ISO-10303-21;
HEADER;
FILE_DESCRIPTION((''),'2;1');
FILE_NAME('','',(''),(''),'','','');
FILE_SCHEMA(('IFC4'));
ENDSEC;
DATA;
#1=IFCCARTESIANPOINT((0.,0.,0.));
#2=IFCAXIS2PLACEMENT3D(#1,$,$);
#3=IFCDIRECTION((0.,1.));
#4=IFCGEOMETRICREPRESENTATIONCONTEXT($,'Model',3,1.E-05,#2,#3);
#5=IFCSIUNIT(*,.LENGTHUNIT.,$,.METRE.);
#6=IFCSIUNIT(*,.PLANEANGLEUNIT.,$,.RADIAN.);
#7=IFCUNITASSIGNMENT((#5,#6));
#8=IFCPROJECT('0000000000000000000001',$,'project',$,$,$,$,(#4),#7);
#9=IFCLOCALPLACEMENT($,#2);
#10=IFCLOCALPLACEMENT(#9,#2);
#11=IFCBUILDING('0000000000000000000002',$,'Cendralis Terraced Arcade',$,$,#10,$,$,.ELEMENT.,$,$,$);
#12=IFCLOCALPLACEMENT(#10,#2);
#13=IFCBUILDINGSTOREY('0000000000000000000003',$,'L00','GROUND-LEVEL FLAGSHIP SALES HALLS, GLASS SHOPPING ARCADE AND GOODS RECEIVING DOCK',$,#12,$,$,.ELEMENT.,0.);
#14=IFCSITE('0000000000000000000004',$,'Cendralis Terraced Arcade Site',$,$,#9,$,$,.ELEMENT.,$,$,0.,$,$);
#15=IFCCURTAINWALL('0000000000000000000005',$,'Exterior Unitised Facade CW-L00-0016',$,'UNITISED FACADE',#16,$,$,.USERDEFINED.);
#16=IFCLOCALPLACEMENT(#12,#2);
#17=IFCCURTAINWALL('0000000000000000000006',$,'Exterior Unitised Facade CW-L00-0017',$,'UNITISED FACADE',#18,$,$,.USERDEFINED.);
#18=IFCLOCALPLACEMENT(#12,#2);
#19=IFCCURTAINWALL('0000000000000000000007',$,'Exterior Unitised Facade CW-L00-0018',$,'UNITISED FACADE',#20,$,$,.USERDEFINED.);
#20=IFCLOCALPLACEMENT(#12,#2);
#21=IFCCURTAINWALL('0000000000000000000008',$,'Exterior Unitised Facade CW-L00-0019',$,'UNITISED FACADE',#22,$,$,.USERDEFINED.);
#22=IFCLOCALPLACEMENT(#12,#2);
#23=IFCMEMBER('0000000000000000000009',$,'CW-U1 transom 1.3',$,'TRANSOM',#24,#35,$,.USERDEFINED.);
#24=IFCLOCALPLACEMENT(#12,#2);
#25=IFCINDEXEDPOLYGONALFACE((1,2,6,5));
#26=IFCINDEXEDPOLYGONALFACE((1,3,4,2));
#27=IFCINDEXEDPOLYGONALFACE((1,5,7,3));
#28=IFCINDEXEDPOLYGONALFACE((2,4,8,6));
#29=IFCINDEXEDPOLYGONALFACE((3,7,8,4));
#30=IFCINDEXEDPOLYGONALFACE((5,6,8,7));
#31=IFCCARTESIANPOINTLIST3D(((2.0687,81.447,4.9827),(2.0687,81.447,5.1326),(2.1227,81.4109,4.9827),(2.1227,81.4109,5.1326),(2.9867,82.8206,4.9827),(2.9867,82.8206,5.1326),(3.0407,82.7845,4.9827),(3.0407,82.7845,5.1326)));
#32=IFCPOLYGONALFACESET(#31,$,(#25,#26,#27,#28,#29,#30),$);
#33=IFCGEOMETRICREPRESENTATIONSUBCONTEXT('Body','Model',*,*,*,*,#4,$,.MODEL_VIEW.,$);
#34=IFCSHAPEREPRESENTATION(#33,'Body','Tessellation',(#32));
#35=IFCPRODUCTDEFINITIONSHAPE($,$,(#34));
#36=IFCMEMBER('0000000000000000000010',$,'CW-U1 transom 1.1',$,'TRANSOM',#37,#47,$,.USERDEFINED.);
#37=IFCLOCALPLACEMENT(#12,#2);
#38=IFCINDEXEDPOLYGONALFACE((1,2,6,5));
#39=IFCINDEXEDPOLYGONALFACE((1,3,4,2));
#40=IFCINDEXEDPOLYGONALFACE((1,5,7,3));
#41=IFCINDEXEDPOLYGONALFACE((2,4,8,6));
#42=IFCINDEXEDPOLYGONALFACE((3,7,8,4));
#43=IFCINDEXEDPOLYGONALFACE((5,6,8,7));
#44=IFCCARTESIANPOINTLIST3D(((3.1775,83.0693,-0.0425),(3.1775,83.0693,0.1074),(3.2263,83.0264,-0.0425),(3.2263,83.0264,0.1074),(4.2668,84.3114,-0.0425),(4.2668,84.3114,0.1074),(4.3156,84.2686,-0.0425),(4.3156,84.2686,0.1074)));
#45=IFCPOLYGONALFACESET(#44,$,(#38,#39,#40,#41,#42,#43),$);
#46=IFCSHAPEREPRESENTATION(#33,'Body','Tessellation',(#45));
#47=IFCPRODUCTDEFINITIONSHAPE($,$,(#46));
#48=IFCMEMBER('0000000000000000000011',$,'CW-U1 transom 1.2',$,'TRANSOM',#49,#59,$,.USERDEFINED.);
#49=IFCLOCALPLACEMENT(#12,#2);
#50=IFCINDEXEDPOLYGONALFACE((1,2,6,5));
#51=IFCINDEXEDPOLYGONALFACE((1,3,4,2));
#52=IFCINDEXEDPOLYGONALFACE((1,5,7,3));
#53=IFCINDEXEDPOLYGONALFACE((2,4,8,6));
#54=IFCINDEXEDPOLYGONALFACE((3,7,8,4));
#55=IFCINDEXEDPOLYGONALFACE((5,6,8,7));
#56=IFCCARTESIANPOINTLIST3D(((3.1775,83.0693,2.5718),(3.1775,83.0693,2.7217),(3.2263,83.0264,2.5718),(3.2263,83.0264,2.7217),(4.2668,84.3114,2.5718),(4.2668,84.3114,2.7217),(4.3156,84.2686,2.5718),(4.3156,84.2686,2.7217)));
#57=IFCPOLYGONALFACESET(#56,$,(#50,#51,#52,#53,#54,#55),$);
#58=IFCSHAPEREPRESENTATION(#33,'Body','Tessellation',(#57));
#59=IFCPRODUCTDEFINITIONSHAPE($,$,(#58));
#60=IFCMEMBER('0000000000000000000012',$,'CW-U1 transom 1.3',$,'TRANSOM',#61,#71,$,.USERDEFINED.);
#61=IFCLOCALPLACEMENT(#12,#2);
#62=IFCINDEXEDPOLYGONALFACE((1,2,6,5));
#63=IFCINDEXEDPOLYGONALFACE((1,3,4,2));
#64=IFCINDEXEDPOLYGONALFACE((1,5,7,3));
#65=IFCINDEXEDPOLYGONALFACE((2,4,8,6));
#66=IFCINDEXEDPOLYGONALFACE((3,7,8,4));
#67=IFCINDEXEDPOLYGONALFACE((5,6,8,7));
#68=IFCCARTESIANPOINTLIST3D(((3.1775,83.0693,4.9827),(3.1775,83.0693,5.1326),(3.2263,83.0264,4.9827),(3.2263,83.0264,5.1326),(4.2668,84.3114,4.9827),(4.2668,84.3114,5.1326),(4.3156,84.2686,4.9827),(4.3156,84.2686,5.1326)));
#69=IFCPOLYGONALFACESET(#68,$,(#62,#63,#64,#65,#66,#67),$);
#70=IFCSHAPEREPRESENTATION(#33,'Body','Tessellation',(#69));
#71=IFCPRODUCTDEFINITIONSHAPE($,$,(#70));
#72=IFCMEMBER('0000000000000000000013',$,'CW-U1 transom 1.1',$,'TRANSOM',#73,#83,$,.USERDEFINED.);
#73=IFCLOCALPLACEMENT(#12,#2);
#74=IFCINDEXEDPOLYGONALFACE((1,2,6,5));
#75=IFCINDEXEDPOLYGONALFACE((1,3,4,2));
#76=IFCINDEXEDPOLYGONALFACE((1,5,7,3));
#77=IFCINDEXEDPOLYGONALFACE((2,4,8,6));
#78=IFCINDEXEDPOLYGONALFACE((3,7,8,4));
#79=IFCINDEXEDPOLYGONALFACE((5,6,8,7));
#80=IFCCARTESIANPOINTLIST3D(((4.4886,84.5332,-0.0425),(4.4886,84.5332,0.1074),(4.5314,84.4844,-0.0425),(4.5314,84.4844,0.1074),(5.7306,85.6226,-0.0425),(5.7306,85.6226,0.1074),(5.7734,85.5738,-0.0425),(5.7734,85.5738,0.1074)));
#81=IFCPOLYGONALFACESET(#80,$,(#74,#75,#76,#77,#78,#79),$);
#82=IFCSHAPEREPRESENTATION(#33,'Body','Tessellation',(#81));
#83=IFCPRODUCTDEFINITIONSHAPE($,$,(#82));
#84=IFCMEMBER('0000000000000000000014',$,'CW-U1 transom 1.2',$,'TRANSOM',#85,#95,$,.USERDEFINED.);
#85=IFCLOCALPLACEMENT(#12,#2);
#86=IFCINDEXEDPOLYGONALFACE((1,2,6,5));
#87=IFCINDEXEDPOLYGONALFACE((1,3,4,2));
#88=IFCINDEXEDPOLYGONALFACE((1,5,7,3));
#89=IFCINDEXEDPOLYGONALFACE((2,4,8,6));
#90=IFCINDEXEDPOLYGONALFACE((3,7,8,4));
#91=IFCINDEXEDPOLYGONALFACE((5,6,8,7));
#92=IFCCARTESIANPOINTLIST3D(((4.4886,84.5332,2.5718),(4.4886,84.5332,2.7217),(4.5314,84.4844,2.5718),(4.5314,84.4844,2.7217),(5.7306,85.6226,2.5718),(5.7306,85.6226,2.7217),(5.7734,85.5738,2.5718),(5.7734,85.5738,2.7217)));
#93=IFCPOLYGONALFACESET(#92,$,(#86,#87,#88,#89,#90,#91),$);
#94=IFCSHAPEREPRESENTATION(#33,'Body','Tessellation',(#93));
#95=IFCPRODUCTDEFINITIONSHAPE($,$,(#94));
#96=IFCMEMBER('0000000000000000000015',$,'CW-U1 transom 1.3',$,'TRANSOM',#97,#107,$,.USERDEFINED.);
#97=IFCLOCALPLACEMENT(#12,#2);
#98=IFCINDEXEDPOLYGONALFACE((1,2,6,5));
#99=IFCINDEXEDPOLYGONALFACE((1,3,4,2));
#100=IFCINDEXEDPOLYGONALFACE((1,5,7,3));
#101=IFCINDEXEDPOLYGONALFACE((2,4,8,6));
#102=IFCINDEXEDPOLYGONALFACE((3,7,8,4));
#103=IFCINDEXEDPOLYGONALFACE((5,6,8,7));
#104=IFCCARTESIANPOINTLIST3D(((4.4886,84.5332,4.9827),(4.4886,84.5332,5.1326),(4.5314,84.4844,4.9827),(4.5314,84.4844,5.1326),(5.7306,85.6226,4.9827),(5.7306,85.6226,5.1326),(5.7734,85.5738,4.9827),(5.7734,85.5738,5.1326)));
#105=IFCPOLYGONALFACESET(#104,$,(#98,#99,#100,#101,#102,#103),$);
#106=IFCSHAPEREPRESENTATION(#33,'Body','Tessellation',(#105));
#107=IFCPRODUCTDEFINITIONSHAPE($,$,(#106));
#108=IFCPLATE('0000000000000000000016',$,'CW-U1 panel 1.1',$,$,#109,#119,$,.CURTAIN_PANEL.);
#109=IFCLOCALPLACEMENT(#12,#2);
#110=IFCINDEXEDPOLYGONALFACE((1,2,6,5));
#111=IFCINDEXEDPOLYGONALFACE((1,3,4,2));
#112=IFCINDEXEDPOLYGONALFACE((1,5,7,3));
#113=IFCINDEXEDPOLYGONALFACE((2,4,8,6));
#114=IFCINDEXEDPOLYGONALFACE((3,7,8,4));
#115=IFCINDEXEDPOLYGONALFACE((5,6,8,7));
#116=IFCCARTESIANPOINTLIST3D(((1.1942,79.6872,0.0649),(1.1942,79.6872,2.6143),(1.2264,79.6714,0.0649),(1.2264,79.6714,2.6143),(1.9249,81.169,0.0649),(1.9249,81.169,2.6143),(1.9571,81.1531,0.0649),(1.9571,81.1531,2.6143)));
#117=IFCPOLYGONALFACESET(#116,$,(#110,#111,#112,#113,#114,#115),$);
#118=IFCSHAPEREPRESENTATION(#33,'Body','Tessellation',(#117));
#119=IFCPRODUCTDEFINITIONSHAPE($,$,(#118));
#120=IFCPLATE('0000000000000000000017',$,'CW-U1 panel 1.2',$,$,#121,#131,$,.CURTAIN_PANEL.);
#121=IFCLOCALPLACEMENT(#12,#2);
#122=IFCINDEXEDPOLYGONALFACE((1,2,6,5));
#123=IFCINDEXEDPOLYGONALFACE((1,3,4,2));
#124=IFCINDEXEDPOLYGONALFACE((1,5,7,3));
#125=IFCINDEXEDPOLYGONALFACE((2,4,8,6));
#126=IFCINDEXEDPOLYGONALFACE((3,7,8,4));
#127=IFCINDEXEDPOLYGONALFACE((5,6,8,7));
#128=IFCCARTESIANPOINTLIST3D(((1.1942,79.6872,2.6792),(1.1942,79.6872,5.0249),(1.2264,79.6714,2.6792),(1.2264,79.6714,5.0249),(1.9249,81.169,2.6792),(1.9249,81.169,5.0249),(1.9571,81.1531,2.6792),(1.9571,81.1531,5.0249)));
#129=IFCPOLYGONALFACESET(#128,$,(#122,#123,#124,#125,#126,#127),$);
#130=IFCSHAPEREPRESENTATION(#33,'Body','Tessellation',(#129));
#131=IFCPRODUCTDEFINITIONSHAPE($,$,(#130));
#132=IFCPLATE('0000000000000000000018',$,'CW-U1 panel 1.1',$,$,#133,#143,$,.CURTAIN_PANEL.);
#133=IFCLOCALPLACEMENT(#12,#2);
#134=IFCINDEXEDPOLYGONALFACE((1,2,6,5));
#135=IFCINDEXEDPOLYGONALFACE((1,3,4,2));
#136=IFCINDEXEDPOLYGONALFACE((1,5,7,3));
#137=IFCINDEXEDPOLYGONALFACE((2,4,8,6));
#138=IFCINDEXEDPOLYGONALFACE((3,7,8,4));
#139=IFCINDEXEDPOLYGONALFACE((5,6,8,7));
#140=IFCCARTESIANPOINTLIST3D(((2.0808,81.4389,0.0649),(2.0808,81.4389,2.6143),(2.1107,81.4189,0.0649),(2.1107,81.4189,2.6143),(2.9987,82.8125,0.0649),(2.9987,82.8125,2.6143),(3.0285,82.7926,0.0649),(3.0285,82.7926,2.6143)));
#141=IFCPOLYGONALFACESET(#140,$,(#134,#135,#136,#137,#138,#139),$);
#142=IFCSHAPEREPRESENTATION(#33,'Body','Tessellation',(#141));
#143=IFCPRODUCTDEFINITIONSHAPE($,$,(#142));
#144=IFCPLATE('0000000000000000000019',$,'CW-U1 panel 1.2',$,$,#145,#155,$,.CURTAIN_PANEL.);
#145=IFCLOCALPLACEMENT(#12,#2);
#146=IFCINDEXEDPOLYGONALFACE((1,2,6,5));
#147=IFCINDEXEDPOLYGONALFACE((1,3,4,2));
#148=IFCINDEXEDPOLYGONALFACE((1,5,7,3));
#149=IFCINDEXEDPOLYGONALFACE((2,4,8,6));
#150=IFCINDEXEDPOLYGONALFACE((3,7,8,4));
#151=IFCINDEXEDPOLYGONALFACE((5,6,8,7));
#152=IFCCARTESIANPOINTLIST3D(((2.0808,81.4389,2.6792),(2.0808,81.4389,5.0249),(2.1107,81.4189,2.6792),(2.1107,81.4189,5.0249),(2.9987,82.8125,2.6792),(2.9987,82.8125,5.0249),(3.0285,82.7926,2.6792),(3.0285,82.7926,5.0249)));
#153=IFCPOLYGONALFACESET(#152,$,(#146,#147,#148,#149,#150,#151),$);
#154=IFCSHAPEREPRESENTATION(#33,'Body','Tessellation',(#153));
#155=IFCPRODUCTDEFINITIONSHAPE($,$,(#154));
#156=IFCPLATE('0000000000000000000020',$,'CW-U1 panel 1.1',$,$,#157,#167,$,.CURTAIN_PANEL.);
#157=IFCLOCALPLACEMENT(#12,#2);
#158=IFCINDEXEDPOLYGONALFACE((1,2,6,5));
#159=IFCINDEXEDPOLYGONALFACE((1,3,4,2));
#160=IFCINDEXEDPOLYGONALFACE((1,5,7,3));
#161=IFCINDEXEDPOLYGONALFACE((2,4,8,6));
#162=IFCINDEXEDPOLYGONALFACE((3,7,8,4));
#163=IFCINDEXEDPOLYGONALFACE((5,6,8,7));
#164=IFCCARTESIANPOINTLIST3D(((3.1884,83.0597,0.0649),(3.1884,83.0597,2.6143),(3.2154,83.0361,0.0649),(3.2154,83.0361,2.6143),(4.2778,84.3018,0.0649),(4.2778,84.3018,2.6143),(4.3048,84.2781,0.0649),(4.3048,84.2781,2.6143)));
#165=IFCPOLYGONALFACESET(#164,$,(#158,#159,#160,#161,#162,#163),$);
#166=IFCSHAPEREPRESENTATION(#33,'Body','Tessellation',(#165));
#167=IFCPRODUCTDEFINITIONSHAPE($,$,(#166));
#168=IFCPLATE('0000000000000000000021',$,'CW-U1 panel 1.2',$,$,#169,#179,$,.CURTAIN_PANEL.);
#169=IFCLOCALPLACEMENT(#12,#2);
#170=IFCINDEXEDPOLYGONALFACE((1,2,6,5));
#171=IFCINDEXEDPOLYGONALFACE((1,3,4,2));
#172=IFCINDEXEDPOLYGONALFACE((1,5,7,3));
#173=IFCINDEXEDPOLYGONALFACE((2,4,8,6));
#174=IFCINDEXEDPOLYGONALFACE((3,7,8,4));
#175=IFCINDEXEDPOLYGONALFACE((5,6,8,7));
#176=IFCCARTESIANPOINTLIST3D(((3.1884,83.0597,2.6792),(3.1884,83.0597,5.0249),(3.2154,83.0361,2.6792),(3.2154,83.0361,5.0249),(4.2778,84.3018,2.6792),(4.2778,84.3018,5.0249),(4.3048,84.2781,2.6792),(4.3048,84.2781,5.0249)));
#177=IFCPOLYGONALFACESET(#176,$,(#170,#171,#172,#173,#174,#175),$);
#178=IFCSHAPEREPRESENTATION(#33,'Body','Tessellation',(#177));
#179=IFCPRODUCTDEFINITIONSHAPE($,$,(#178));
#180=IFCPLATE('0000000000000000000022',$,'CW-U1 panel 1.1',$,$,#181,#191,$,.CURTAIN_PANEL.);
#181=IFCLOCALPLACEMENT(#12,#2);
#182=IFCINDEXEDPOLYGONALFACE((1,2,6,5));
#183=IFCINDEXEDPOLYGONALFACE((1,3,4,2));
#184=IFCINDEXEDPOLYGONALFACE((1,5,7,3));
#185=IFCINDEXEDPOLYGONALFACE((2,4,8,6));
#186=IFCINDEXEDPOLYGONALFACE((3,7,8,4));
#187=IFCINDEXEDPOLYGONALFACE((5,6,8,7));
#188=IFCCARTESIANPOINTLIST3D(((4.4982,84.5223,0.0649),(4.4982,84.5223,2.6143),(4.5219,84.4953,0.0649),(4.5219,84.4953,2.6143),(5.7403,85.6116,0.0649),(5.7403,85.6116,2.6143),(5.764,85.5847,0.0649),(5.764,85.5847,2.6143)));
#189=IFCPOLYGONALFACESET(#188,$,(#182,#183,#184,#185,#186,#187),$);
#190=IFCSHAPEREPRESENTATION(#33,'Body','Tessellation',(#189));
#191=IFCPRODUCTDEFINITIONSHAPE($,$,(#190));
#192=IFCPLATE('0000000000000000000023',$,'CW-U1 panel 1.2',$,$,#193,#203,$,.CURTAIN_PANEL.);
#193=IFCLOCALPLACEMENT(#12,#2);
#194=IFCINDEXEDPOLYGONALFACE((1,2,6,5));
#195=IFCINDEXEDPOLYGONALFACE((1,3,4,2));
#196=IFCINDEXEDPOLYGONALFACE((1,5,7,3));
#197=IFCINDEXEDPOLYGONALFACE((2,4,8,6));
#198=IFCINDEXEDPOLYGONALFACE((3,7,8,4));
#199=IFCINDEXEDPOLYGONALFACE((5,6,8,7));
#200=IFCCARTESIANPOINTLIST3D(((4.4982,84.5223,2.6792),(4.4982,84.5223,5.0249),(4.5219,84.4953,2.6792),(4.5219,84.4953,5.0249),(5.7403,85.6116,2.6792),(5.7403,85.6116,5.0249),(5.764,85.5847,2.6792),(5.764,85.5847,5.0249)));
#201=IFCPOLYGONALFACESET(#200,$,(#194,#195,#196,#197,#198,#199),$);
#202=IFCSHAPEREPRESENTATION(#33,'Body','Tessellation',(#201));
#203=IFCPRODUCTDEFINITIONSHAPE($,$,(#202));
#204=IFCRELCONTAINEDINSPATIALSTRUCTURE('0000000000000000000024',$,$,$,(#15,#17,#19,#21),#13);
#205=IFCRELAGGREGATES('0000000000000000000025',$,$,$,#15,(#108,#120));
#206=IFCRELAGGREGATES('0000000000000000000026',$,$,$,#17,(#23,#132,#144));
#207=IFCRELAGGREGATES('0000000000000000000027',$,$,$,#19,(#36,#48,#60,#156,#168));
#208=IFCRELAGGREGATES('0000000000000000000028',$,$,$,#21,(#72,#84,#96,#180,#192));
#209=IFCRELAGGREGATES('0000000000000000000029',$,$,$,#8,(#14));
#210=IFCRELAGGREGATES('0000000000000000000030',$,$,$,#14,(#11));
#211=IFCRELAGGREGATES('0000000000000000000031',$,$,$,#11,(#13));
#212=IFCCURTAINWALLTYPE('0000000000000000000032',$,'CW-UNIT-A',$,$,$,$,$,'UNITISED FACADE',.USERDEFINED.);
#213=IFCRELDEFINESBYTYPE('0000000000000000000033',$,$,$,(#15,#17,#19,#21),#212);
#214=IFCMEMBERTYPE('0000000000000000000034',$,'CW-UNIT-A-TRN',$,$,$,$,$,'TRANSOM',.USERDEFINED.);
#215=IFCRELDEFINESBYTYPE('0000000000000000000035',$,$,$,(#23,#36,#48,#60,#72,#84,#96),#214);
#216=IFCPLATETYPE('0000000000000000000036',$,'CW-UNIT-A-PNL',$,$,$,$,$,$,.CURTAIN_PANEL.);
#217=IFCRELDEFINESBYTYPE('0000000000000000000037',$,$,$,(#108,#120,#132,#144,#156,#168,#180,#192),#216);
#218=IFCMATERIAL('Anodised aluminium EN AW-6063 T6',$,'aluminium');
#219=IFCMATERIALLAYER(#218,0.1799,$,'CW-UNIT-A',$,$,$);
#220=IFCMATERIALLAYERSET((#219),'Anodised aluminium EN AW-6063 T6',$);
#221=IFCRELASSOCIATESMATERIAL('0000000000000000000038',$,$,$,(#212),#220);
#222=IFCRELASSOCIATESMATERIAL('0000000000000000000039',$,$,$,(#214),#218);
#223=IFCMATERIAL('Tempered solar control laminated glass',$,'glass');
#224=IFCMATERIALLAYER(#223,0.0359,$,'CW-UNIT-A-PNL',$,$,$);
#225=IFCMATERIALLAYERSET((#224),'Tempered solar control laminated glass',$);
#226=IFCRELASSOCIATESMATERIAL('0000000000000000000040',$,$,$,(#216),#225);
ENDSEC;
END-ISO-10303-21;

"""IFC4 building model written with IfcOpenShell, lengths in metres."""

from ifc_helpers import new_model, si_unit, direction, frame, origin, origin_2d, place, context, subcontext, project, spatial, rectangle, extrude, material, layer, layer_set, material_profile, profile_set, type_object, element, aggregate, save


model = new_model("IFC4")

# Units and contexts
model_context = context("Model", 3, precision=1e-05, world=origin(), true_north=direction((0.0, 1.0)))
body_context = subcontext(model_context, "Body", "Model", "MODEL_VIEW")
ifc_project = project(units=[si_unit("LENGTHUNIT", "METRE"), si_unit("PLANEANGLEUNIT", "RADIAN")], contexts=[model_context])

# Site, building, storey
site_placement = place(None, origin())
site = spatial("IfcSite", under=ifc_project, at=site_placement, Name="Cendralis Terraced Arcade Site", CompositionType="ELEMENT", RefElevation=0.0)
building_placement = place(site_placement, origin())
building = spatial("IfcBuilding", under=site, at=building_placement, Name="Cendralis Terraced Arcade", CompositionType="ELEMENT")
storey_placement = place(building_placement, origin())
storey = spatial("IfcBuildingStorey", under=building, at=storey_placement, Name="L00", Description="GROUND-LEVEL FLAGSHIP SALES HALLS, GLASS SHOPPING ARCADE AND GOODS RECEIVING DOCK", CompositionType="ELEMENT", Elevation=0.0)

# Shared definitions
ifc_material_1 = material(Name="Anodised aluminium EN AW-6063 T6", Category="aluminium")
ifc_layer_1 = layer(ifc_material_1, 0.1799, Name="CW-UNIT-A")
ifc_layer_set_1 = layer_set([ifc_layer_1], Name="Anodised aluminium EN AW-6063 T6")
curtain_wall_type = type_object("IfcCurtainWallType", Name="CW-UNIT-A", ElementType="UNITISED FACADE", PredefinedType="USERDEFINED", material=ifc_layer_set_1)

# Curtain walls
curtain_wall_1_placement = place(storey_placement, origin())
curtain_wall_1 = element("IfcCurtainWall", 1, at=curtain_wall_1_placement, inside=storey, type_object=curtain_wall_type, Name="Exterior Unitised Facade CW-L00-0016", ObjectType="UNITISED FACADE", PredefinedType="USERDEFINED")
curtain_wall_2_placement = place(storey_placement, origin())
curtain_wall_2 = element("IfcCurtainWall", 2, at=curtain_wall_2_placement, inside=storey, type_object=curtain_wall_type, Name="Exterior Unitised Facade CW-L00-0017", ObjectType="UNITISED FACADE", PredefinedType="USERDEFINED")
curtain_wall_3_placement = place(storey_placement, origin())
curtain_wall_3 = element("IfcCurtainWall", 3, at=curtain_wall_3_placement, inside=storey, type_object=curtain_wall_type, Name="Exterior Unitised Facade CW-L00-0018", ObjectType="UNITISED FACADE", PredefinedType="USERDEFINED")
curtain_wall_4_placement = place(storey_placement, origin())
curtain_wall_4 = element("IfcCurtainWall", 4, at=curtain_wall_4_placement, inside=storey, type_object=curtain_wall_type, Name="Exterior Unitised Facade CW-L00-0019", ObjectType="UNITISED FACADE", PredefinedType="USERDEFINED")

# Members
ifc_material_profile_1 = material_profile(ifc_material_1, rectangle(XDim=0.0649, YDim=0.1499, at=origin_2d()), Name="ALU-TRN-65x150")
ifc_profile_set_1 = profile_set([ifc_material_profile_1], Name="Anodised aluminium EN AW-6063 T6")
member_type_1 = type_object("IfcMemberType", Name="CW-UNIT-A-TRN", ElementType="TRANSOM", PredefinedType="USERDEFINED", material=ifc_profile_set_1)
member_1_placement = place(storey_placement, frame((2.0957, 81.429, 5.0576), z_axis=(0.555655, 0.831413, 0.0), x_axis=(-0.831413, 0.555655, 0.0)))
member_1 = element("IfcMember", 5, at=member_1_placement, type_object=member_type_1, Name="CW-U1 transom 1.3", ObjectType="TRANSOM", PredefinedType="USERDEFINED", context=body_context, shape_type="SweptSolid", body=[
    extrude(rectangle(XDim=0.0649, YDim=0.1499, at=origin_2d()), origin(), (0.0, 0.0, 1.0), 1.6521),
])
member_2_placement = place(storey_placement, frame((3.2019, 83.0479, 0.0325), z_axis=(0.659341, 0.751844, 0.0), x_axis=(-0.751844, 0.659341, 0.0)))
member_2 = element("IfcMember", 6, at=member_2_placement, type_object=member_type_1, Name="CW-U1 transom 1.1", ObjectType="TRANSOM", PredefinedType="USERDEFINED", context=body_context, shape_type="SweptSolid", body=[
    extrude(rectangle(XDim=0.0649, YDim=0.1499, at=origin_2d()), origin(), (0.0, 0.0, 1.0), 1.6521),
])
member_3_placement = place(storey_placement, frame((3.2019, 83.0479, 2.6467), z_axis=(0.659341, 0.751844, 0.0), x_axis=(-0.751844, 0.659341, 0.0)))
member_3 = element("IfcMember", 7, at=member_3_placement, type_object=member_type_1, Name="CW-U1 transom 1.2", ObjectType="TRANSOM", PredefinedType="USERDEFINED", context=body_context, shape_type="SweptSolid", body=[
    extrude(rectangle(XDim=0.0649, YDim=0.1499, at=origin_2d()), origin(), (0.0, 0.0, 1.0), 1.6521),
])
member_4_placement = place(storey_placement, frame((3.2019, 83.0479, 5.0576), z_axis=(0.659341, 0.751844, 0.0), x_axis=(-0.751844, 0.659341, 0.0)))
member_4 = element("IfcMember", 8, at=member_4_placement, type_object=member_type_1, Name="CW-U1 transom 1.3", ObjectType="TRANSOM", PredefinedType="USERDEFINED", context=body_context, shape_type="SweptSolid", body=[
    extrude(rectangle(XDim=0.0649, YDim=0.1499, at=origin_2d()), origin(), (0.0, 0.0, 1.0), 1.6521),
])
member_5_placement = place(storey_placement, frame((4.51, 84.5088, 0.0325), z_axis=(0.75178, 0.659414, 0.0), x_axis=(-0.659414, 0.75178, 0.0)))
member_5 = element("IfcMember", 9, at=member_5_placement, type_object=member_type_1, Name="CW-U1 transom 1.1", ObjectType="TRANSOM", PredefinedType="USERDEFINED", context=body_context, shape_type="SweptSolid", body=[
    extrude(rectangle(XDim=0.0649, YDim=0.1499, at=origin_2d()), origin(), (0.0, 0.0, 1.0), 1.6521),
])
member_6_placement = place(storey_placement, frame((4.51, 84.5088, 2.6467), z_axis=(0.75178, 0.659414, 0.0), x_axis=(-0.659414, 0.75178, 0.0)))
member_6 = element("IfcMember", 10, at=member_6_placement, type_object=member_type_1, Name="CW-U1 transom 1.2", ObjectType="TRANSOM", PredefinedType="USERDEFINED", context=body_context, shape_type="SweptSolid", body=[
    extrude(rectangle(XDim=0.0649, YDim=0.1499, at=origin_2d()), origin(), (0.0, 0.0, 1.0), 1.6521),
])
member_7_placement = place(storey_placement, frame((4.51, 84.5088, 5.0576), z_axis=(0.75178, 0.659414, 0.0), x_axis=(-0.659414, 0.75178, 0.0)))
member_7 = element("IfcMember", 11, at=member_7_placement, type_object=member_type_1, Name="CW-U1 transom 1.3", ObjectType="TRANSOM", PredefinedType="USERDEFINED", context=body_context, shape_type="SweptSolid", body=[
    extrude(rectangle(XDim=0.0649, YDim=0.1499, at=origin_2d()), origin(), (0.0, 0.0, 1.0), 1.6521),
])

# Plates
ifc_material_2 = material(Name="Tempered solar control laminated glass", Category="glass")
ifc_layer_2 = layer(ifc_material_2, 0.0359, Name="CW-UNIT-A-PNL")
ifc_layer_set_2 = layer_set([ifc_layer_2], Name="Tempered solar control laminated glass")
plate_type = type_object("IfcPlateType", Name="CW-UNIT-A-PNL", PredefinedType="CURTAIN_PANEL", material=ifc_layer_set_2)
plate_1_placement = place(storey_placement, frame((1.5757, 80.4202, 0.0649), z_axis=(0.0, 0.0, 1.0), x_axis=(0.442291, 0.896871, 0.0)))
plate_1 = element("IfcPlate", 12, at=plate_1_placement, type_object=plate_type, Name="CW-U1 panel 1.1", PredefinedType="CURTAIN_PANEL", context=body_context, shape_type="SweptSolid", body=[
    extrude(rectangle(XDim=1.6521, YDim=0.0359, at=origin_2d()), origin(), (0.0, 0.0, 1.0), 2.5493),
])
plate_2_placement = place(storey_placement, frame((1.5757, 80.4202, 2.6792), z_axis=(0.0, 0.0, 1.0), x_axis=(0.442291, 0.896871, 0.0)))
plate_2 = element("IfcPlate", 13, at=plate_2_placement, type_object=plate_type, Name="CW-U1 panel 1.2", PredefinedType="CURTAIN_PANEL", context=body_context, shape_type="SweptSolid", body=[
    extrude(rectangle(XDim=1.6521, YDim=0.0359, at=origin_2d()), origin(), (0.0, 0.0, 1.0), 2.3457),
])
aggregate(curtain_wall_1, [plate_1, plate_2])
plate_3_placement = place(storey_placement, frame((2.5547, 82.1157, 0.0649), z_axis=(0.0, 0.0, 1.0), x_axis=(0.555567, 0.831471, 0.0)))
plate_3 = element("IfcPlate", 14, at=plate_3_placement, type_object=plate_type, Name="CW-U1 panel 1.1", PredefinedType="CURTAIN_PANEL", context=body_context, shape_type="SweptSolid", body=[
    extrude(rectangle(XDim=1.6521, YDim=0.0359, at=origin_2d()), origin(), (0.0, 0.0, 1.0), 2.5493),
])
plate_4_placement = place(storey_placement, frame((2.5547, 82.1157, 2.6792), z_axis=(0.0, 0.0, 1.0), x_axis=(0.555567, 0.831471, 0.0)))
plate_4 = element("IfcPlate", 15, at=plate_4_placement, type_object=plate_type, Name="CW-U1 panel 1.2", PredefinedType="CURTAIN_PANEL", context=body_context, shape_type="SweptSolid", body=[
    extrude(rectangle(XDim=1.6521, YDim=0.0359, at=origin_2d()), origin(), (0.0, 0.0, 1.0), 2.3457),
])
aggregate(curtain_wall_2, [member_1, plate_3, plate_4])
plate_5_placement = place(storey_placement, frame((3.7466, 83.6689, 0.0649), z_axis=(0.0, 0.0, 1.0), x_axis=(0.659386, 0.751804, 0.0)))
plate_5 = element("IfcPlate", 16, at=plate_5_placement, type_object=plate_type, Name="CW-U1 panel 1.1", PredefinedType="CURTAIN_PANEL", context=body_context, shape_type="SweptSolid", body=[
    extrude(rectangle(XDim=1.6521, YDim=0.0359, at=origin_2d()), origin(), (0.0, 0.0, 1.0), 2.5493),
])
plate_6_placement = place(storey_placement, frame((3.7466, 83.6689, 2.6792), z_axis=(0.0, 0.0, 1.0), x_axis=(0.659386, 0.751804, 0.0)))
plate_6 = element("IfcPlate", 17, at=plate_6_placement, type_object=plate_type, Name="CW-U1 panel 1.2", PredefinedType="CURTAIN_PANEL", context=body_context, shape_type="SweptSolid", body=[
    extrude(rectangle(XDim=1.6521, YDim=0.0359, at=origin_2d()), origin(), (0.0, 0.0, 1.0), 2.3457),
])
aggregate(curtain_wall_3, [member_2, member_3, member_4, plate_5, plate_6])
plate_7_placement = place(storey_placement, frame((5.1311, 85.0535, 0.0649), z_axis=(0.0, 0.0, 1.0), x_axis=(0.751804, 0.659386, 0.0)))
plate_7 = element("IfcPlate", 18, at=plate_7_placement, type_object=plate_type, Name="CW-U1 panel 1.1", PredefinedType="CURTAIN_PANEL", context=body_context, shape_type="SweptSolid", body=[
    extrude(rectangle(XDim=1.6521, YDim=0.0359, at=origin_2d()), origin(), (0.0, 0.0, 1.0), 2.5493),
])
plate_8_placement = place(storey_placement, frame((5.1311, 85.0535, 2.6792), z_axis=(0.0, 0.0, 1.0), x_axis=(0.751804, 0.659386, 0.0)))
plate_8 = element("IfcPlate", 19, at=plate_8_placement, type_object=plate_type, Name="CW-U1 panel 1.2", PredefinedType="CURTAIN_PANEL", context=body_context, shape_type="SweptSolid", body=[
    extrude(rectangle(XDim=1.6521, YDim=0.0359, at=origin_2d()), origin(), (0.0, 0.0, 1.0), 2.3457),
])
aggregate(curtain_wall_4, [member_5, member_6, member_7, plate_7, plate_8])

save(model, "model.ifc")
